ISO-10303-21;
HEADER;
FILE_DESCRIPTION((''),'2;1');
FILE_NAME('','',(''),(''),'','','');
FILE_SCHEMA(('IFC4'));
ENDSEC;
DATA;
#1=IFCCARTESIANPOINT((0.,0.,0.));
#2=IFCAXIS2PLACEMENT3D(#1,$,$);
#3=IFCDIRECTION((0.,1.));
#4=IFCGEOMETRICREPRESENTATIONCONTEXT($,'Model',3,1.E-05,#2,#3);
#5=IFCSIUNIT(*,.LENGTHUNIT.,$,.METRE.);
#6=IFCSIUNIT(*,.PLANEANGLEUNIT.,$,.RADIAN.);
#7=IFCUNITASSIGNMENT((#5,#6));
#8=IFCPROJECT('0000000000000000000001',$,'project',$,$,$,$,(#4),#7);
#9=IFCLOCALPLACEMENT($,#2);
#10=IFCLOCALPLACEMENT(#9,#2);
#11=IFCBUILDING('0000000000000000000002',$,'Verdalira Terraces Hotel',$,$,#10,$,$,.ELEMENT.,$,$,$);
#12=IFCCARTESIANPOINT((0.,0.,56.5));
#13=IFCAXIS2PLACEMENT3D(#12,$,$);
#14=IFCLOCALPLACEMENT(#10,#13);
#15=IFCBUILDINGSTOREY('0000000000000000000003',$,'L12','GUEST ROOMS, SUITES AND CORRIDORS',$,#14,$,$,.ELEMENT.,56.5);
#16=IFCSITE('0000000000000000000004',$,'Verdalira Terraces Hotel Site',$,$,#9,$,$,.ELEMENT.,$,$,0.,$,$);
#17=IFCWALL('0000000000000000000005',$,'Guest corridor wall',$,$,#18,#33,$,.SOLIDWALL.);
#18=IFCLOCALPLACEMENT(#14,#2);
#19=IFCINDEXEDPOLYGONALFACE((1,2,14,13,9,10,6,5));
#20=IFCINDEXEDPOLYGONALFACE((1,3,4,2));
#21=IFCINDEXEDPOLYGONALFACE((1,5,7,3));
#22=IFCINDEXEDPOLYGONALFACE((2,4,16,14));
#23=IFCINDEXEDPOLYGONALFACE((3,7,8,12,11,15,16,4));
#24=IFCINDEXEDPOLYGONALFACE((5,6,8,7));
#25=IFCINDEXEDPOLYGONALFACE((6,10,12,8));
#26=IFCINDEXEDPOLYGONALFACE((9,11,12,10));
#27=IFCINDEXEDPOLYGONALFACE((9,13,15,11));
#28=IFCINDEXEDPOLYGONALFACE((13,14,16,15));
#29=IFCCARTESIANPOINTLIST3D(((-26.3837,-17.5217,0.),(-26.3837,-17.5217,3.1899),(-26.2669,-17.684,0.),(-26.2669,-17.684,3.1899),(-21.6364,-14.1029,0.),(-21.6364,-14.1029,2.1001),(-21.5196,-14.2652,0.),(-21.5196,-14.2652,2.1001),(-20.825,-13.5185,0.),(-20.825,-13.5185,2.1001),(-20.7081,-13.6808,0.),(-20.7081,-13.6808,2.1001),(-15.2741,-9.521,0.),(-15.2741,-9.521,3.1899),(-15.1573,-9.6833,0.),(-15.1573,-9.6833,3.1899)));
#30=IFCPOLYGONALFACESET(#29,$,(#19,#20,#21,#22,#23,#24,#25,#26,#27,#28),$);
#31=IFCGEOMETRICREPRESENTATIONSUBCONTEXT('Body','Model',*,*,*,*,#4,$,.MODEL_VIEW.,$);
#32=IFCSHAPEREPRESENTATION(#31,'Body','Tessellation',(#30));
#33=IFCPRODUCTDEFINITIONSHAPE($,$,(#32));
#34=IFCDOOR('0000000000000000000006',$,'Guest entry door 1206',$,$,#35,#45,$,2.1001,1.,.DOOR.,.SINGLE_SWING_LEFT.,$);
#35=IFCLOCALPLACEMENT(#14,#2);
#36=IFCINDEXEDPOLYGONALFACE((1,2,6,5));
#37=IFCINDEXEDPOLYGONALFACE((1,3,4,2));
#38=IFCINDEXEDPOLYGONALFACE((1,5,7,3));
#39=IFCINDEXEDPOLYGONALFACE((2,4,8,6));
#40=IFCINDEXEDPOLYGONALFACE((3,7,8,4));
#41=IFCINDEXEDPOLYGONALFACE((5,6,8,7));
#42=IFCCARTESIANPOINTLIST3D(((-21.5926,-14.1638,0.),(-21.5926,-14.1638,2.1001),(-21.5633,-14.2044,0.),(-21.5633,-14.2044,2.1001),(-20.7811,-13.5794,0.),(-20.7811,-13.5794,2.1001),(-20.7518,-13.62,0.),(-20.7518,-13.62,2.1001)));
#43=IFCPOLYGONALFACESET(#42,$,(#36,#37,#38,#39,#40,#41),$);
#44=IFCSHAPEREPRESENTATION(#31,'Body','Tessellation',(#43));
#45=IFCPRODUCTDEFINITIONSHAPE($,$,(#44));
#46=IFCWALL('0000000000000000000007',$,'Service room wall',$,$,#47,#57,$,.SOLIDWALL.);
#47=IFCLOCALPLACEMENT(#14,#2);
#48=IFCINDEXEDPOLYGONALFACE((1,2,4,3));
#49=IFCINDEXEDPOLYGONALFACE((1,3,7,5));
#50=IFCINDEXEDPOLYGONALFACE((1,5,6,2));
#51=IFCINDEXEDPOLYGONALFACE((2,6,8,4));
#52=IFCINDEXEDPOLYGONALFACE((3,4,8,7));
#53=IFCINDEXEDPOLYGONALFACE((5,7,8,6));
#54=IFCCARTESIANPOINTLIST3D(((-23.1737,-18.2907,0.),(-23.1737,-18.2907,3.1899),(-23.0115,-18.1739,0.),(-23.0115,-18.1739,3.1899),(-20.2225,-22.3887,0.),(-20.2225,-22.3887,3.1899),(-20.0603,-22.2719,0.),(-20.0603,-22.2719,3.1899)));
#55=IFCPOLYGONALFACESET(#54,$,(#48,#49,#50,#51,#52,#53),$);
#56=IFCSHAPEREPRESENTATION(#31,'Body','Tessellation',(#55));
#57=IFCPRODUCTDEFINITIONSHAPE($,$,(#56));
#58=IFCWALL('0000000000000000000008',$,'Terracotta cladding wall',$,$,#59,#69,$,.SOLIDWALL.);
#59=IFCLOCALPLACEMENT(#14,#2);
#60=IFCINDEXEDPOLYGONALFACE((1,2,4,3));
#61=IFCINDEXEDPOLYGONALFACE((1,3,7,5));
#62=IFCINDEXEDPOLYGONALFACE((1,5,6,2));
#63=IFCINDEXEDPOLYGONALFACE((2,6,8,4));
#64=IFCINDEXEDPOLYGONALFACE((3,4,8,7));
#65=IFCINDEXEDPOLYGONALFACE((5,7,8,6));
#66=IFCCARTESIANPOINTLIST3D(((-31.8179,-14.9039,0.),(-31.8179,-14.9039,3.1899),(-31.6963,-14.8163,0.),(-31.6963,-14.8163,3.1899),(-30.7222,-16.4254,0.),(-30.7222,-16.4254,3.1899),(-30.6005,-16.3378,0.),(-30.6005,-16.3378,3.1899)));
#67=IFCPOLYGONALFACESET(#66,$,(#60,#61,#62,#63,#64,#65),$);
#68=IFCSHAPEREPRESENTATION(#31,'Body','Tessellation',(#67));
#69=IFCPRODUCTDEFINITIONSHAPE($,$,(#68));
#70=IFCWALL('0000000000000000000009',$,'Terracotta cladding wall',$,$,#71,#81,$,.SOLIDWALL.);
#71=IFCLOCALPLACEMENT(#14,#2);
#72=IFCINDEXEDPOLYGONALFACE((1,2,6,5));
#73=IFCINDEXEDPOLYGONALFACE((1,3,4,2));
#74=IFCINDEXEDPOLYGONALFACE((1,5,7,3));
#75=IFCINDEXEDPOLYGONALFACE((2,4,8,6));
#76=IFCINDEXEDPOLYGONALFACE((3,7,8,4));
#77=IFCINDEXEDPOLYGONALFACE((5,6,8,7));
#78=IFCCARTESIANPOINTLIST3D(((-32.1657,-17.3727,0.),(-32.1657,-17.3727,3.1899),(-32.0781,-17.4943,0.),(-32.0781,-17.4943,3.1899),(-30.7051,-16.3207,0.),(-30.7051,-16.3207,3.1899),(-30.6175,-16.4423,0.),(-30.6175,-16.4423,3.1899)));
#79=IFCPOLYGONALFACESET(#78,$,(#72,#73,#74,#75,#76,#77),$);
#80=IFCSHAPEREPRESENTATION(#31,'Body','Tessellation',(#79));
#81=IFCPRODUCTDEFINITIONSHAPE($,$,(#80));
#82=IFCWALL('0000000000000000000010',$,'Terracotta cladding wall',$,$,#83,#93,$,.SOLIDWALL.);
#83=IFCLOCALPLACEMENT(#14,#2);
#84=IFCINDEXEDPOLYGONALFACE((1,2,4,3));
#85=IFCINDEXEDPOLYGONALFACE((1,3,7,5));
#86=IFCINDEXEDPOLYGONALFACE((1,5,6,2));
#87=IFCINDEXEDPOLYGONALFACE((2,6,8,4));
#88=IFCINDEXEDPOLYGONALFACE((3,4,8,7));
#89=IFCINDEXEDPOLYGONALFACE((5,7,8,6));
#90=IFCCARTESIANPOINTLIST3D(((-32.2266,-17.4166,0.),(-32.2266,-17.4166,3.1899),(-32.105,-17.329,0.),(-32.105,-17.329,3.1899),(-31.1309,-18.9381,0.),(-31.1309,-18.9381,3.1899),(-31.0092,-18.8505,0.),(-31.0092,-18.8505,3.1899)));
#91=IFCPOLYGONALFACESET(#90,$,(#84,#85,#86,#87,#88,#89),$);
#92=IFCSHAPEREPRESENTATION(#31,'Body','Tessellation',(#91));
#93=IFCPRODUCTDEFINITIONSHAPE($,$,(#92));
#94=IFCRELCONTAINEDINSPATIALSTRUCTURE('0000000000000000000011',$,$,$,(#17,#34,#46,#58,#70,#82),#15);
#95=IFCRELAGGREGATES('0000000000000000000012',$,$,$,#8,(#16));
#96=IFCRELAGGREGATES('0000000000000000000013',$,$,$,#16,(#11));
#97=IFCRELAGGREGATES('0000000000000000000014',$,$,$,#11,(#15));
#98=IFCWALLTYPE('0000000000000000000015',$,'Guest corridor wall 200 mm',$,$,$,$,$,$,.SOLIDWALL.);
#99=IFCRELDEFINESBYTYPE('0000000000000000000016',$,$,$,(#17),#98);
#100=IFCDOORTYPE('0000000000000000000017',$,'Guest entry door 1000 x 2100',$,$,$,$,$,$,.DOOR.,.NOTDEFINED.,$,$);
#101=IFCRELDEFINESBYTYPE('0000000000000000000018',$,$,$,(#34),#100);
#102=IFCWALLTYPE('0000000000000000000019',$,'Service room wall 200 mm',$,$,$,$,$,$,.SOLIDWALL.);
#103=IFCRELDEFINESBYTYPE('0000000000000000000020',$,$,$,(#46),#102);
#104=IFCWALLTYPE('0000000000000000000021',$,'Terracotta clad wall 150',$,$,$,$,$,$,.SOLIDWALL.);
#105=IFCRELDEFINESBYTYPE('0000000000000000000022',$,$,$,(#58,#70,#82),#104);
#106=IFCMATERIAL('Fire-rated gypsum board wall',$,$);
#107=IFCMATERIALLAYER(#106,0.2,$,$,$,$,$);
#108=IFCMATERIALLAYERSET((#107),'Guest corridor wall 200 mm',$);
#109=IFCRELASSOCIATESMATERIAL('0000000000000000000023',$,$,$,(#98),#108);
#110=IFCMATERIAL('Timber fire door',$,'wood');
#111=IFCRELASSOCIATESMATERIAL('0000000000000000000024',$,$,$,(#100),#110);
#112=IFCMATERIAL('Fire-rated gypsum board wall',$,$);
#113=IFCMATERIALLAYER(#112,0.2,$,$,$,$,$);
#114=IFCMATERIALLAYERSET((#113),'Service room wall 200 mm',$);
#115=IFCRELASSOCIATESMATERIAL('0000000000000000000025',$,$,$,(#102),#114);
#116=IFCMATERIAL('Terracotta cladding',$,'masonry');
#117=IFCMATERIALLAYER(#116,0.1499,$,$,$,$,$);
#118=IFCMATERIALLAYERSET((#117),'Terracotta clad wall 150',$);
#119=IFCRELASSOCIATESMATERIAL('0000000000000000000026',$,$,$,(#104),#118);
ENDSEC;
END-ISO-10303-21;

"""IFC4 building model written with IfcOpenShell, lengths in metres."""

from ifc_helpers import new_model, si_unit, direction, frame, frame_2d, origin, place, context, subcontext, project, spatial, rectangle, extrude, material, layer, layer_set, type_object, element, fill, save


model = new_model("IFC4")

# Units and contexts
model_context = context("Model", 3, precision=1e-05, world=origin(), true_north=direction((0.0, 1.0)))
body_context = subcontext(model_context, "Body", "Model", "MODEL_VIEW")
ifc_project = project(units=[si_unit("LENGTHUNIT", "METRE"), si_unit("PLANEANGLEUNIT", "RADIAN")], contexts=[model_context])

# Site, building, storey
site_placement = place(None, origin())
site = spatial("IfcSite", under=ifc_project, at=site_placement, Name="Verdalira Terraces Hotel Site", CompositionType="ELEMENT", RefElevation=0.0)
building_placement = place(site_placement, origin())
building = spatial("IfcBuilding", under=site, at=building_placement, Name="Verdalira Terraces Hotel", CompositionType="ELEMENT")
storey_placement = place(building_placement, frame((0.0, 0.0, 56.5)))
storey = spatial("IfcBuildingStorey", under=building, at=storey_placement, Name="L12", Description="GUEST ROOMS, SUITES AND CORRIDORS", CompositionType="ELEMENT", Elevation=56.5)

# Wall, opening, door
ifc_material_1 = material(Name="Fire-rated gypsum board wall")
ifc_layer_1 = layer(ifc_material_1, 0.2)
ifc_layer_set_1 = layer_set([ifc_layer_1], Name="Guest corridor wall 200 mm")
wall_type_1 = type_object("IfcWallType", Name="Guest corridor wall 200 mm", PredefinedType="SOLIDWALL", material=ifc_layer_set_1)
wall_1_placement = place(storey_placement, frame((-26.3252, -17.6028, 0.0), z_axis=(0.0, 0.0, 1.0), x_axis=(0.811472, 0.584392, 0.0)))
wall_1 = element("IfcWall", 1, at=wall_1_placement, inside=storey, type_object=wall_type_1, Name="Guest corridor wall", PredefinedType="SOLIDWALL", context=body_context, shape_type="SweptSolid", body=[
    extrude(rectangle(XDim=13.6907, YDim=0.2, at=frame_2d((6.8452, 0.0))), origin(), (0.0, 0.0, 1.0), 3.1899),
])
opening_1_placement = place(wall_1_placement, frame((5.8501, 0.0, 0.0)))
opening_1 = element("IfcOpeningElement", 2, at=opening_1_placement, cuts=wall_1, PredefinedType="OPENING", context=body_context, shape_type="SweptSolid", body=[
    extrude(rectangle(XDim=1.0, YDim=2.1001, at=frame_2d((0.5, 1.05))), frame((0.0, 0.1099, 0.0), z_axis=(0.0, -1.0, 0.0), x_axis=(1.0, 0.0, 0.0)), (0.0, 0.0, 1.0), 0.22),
])
ifc_material_2 = material(Name="Timber fire door", Category="wood")
door_type_1 = type_object("IfcDoorType", Name="Guest entry door 1000 x 2100", OperationType="NOTDEFINED", PredefinedType="DOOR", material=ifc_material_2)
door_1_placement = place(opening_1_placement, origin())
door_1 = element("IfcDoor", 3, at=door_1_placement, inside=storey, type_object=door_type_1, Name="Guest entry door 1206", OperationType="SINGLE_SWING_LEFT", OverallHeight=2.1001, OverallWidth=1.0, PredefinedType="DOOR", context=body_context, shape_type="SweptSolid", body=[
    extrude(rectangle(XDim=1.0, YDim=2.1001, at=frame_2d((0.5, 1.05))), frame((0.0, 0.0249, 0.0), z_axis=(0.0, -1.0, 0.0), x_axis=(1.0, 0.0, 0.0)), (0.0, 0.0, 1.0), 0.05),
])
fill(opening_1, door_1)

# Walls
ifc_material_3 = material(Name="Fire-rated gypsum board wall")
ifc_layer_2 = layer(ifc_material_3, 0.2)
ifc_layer_set_2 = layer_set([ifc_layer_2], Name="Service room wall 200 mm")
wall_type_2 = type_object("IfcWallType", Name="Service room wall 200 mm", PredefinedType="SOLIDWALL", material=ifc_layer_set_2)
wall_2_placement = place(storey_placement, frame((-23.0925, -18.2324, 0.0), z_axis=(0.0, 0.0, 1.0), x_axis=(0.584394, -0.81147, 0.0)))
element("IfcWall", 4, at=wall_2_placement, inside=storey, type_object=wall_type_2, Name="Service room wall", PredefinedType="SOLIDWALL", context=body_context, shape_type="SweptSolid", body=[
    extrude(rectangle(XDim=5.05, YDim=0.2, at=frame_2d((2.5249, 0.0))), origin(), (0.0, 0.0, 1.0), 3.1899),
])
ifc_material_4 = material(Name="Terracotta cladding", Category="masonry")
ifc_layer_3 = layer(ifc_material_4, 0.1499)
ifc_layer_set_3 = layer_set([ifc_layer_3], Name="Terracotta clad wall 150")
wall_type_3 = type_object("IfcWallType", Name="Terracotta clad wall 150", PredefinedType="SOLIDWALL", material=ifc_layer_set_3)
wall_3_placement = place(storey_placement, frame((-31.7571, -14.8601, 0.0), z_axis=(0.0, 0.0, 1.0), x_axis=(0.584387, -0.811475, 0.0)))
element("IfcWall", 5, at=wall_3_placement, inside=storey, type_object=wall_type_3, Name="Terracotta cladding wall", PredefinedType="SOLIDWALL", context=body_context, shape_type="SweptSolid", body=[
    extrude(rectangle(XDim=1.875, YDim=0.1499, at=frame_2d((0.9375, 0.0))), origin(), (0.0, 0.0, 1.0), 3.1899),
])
wall_4_placement = place(storey_placement, frame((-30.6614, -16.3816, 0.0), z_axis=(0.0, 0.0, 1.0), x_axis=(-0.811455, -0.584415, 0.0)))
element("IfcWall", 6, at=wall_4_placement, inside=storey, type_object=wall_type_3, Name="Terracotta cladding wall", PredefinedType="SOLIDWALL", context=body_context, shape_type="SweptSolid", body=[
    extrude(rectangle(XDim=1.8, YDim=0.1499, at=frame_2d((0.8999, 0.0))), origin(), (0.0, 0.0, 1.0), 3.1899),
])
wall_5_placement = place(storey_placement, frame((-32.1658, -17.3728, 0.0), z_axis=(0.0, 0.0, 1.0), x_axis=(0.584387, -0.811475, 0.0)))
element("IfcWall", 7, at=wall_5_placement, inside=storey, type_object=wall_type_3, Name="Terracotta cladding wall", PredefinedType="SOLIDWALL", context=body_context, shape_type="SweptSolid", body=[
    extrude(rectangle(XDim=1.875, YDim=0.1499, at=frame_2d((0.9375, 0.0))), origin(), (0.0, 0.0, 1.0), 3.1899),
])

save(model, "model.ifc")
